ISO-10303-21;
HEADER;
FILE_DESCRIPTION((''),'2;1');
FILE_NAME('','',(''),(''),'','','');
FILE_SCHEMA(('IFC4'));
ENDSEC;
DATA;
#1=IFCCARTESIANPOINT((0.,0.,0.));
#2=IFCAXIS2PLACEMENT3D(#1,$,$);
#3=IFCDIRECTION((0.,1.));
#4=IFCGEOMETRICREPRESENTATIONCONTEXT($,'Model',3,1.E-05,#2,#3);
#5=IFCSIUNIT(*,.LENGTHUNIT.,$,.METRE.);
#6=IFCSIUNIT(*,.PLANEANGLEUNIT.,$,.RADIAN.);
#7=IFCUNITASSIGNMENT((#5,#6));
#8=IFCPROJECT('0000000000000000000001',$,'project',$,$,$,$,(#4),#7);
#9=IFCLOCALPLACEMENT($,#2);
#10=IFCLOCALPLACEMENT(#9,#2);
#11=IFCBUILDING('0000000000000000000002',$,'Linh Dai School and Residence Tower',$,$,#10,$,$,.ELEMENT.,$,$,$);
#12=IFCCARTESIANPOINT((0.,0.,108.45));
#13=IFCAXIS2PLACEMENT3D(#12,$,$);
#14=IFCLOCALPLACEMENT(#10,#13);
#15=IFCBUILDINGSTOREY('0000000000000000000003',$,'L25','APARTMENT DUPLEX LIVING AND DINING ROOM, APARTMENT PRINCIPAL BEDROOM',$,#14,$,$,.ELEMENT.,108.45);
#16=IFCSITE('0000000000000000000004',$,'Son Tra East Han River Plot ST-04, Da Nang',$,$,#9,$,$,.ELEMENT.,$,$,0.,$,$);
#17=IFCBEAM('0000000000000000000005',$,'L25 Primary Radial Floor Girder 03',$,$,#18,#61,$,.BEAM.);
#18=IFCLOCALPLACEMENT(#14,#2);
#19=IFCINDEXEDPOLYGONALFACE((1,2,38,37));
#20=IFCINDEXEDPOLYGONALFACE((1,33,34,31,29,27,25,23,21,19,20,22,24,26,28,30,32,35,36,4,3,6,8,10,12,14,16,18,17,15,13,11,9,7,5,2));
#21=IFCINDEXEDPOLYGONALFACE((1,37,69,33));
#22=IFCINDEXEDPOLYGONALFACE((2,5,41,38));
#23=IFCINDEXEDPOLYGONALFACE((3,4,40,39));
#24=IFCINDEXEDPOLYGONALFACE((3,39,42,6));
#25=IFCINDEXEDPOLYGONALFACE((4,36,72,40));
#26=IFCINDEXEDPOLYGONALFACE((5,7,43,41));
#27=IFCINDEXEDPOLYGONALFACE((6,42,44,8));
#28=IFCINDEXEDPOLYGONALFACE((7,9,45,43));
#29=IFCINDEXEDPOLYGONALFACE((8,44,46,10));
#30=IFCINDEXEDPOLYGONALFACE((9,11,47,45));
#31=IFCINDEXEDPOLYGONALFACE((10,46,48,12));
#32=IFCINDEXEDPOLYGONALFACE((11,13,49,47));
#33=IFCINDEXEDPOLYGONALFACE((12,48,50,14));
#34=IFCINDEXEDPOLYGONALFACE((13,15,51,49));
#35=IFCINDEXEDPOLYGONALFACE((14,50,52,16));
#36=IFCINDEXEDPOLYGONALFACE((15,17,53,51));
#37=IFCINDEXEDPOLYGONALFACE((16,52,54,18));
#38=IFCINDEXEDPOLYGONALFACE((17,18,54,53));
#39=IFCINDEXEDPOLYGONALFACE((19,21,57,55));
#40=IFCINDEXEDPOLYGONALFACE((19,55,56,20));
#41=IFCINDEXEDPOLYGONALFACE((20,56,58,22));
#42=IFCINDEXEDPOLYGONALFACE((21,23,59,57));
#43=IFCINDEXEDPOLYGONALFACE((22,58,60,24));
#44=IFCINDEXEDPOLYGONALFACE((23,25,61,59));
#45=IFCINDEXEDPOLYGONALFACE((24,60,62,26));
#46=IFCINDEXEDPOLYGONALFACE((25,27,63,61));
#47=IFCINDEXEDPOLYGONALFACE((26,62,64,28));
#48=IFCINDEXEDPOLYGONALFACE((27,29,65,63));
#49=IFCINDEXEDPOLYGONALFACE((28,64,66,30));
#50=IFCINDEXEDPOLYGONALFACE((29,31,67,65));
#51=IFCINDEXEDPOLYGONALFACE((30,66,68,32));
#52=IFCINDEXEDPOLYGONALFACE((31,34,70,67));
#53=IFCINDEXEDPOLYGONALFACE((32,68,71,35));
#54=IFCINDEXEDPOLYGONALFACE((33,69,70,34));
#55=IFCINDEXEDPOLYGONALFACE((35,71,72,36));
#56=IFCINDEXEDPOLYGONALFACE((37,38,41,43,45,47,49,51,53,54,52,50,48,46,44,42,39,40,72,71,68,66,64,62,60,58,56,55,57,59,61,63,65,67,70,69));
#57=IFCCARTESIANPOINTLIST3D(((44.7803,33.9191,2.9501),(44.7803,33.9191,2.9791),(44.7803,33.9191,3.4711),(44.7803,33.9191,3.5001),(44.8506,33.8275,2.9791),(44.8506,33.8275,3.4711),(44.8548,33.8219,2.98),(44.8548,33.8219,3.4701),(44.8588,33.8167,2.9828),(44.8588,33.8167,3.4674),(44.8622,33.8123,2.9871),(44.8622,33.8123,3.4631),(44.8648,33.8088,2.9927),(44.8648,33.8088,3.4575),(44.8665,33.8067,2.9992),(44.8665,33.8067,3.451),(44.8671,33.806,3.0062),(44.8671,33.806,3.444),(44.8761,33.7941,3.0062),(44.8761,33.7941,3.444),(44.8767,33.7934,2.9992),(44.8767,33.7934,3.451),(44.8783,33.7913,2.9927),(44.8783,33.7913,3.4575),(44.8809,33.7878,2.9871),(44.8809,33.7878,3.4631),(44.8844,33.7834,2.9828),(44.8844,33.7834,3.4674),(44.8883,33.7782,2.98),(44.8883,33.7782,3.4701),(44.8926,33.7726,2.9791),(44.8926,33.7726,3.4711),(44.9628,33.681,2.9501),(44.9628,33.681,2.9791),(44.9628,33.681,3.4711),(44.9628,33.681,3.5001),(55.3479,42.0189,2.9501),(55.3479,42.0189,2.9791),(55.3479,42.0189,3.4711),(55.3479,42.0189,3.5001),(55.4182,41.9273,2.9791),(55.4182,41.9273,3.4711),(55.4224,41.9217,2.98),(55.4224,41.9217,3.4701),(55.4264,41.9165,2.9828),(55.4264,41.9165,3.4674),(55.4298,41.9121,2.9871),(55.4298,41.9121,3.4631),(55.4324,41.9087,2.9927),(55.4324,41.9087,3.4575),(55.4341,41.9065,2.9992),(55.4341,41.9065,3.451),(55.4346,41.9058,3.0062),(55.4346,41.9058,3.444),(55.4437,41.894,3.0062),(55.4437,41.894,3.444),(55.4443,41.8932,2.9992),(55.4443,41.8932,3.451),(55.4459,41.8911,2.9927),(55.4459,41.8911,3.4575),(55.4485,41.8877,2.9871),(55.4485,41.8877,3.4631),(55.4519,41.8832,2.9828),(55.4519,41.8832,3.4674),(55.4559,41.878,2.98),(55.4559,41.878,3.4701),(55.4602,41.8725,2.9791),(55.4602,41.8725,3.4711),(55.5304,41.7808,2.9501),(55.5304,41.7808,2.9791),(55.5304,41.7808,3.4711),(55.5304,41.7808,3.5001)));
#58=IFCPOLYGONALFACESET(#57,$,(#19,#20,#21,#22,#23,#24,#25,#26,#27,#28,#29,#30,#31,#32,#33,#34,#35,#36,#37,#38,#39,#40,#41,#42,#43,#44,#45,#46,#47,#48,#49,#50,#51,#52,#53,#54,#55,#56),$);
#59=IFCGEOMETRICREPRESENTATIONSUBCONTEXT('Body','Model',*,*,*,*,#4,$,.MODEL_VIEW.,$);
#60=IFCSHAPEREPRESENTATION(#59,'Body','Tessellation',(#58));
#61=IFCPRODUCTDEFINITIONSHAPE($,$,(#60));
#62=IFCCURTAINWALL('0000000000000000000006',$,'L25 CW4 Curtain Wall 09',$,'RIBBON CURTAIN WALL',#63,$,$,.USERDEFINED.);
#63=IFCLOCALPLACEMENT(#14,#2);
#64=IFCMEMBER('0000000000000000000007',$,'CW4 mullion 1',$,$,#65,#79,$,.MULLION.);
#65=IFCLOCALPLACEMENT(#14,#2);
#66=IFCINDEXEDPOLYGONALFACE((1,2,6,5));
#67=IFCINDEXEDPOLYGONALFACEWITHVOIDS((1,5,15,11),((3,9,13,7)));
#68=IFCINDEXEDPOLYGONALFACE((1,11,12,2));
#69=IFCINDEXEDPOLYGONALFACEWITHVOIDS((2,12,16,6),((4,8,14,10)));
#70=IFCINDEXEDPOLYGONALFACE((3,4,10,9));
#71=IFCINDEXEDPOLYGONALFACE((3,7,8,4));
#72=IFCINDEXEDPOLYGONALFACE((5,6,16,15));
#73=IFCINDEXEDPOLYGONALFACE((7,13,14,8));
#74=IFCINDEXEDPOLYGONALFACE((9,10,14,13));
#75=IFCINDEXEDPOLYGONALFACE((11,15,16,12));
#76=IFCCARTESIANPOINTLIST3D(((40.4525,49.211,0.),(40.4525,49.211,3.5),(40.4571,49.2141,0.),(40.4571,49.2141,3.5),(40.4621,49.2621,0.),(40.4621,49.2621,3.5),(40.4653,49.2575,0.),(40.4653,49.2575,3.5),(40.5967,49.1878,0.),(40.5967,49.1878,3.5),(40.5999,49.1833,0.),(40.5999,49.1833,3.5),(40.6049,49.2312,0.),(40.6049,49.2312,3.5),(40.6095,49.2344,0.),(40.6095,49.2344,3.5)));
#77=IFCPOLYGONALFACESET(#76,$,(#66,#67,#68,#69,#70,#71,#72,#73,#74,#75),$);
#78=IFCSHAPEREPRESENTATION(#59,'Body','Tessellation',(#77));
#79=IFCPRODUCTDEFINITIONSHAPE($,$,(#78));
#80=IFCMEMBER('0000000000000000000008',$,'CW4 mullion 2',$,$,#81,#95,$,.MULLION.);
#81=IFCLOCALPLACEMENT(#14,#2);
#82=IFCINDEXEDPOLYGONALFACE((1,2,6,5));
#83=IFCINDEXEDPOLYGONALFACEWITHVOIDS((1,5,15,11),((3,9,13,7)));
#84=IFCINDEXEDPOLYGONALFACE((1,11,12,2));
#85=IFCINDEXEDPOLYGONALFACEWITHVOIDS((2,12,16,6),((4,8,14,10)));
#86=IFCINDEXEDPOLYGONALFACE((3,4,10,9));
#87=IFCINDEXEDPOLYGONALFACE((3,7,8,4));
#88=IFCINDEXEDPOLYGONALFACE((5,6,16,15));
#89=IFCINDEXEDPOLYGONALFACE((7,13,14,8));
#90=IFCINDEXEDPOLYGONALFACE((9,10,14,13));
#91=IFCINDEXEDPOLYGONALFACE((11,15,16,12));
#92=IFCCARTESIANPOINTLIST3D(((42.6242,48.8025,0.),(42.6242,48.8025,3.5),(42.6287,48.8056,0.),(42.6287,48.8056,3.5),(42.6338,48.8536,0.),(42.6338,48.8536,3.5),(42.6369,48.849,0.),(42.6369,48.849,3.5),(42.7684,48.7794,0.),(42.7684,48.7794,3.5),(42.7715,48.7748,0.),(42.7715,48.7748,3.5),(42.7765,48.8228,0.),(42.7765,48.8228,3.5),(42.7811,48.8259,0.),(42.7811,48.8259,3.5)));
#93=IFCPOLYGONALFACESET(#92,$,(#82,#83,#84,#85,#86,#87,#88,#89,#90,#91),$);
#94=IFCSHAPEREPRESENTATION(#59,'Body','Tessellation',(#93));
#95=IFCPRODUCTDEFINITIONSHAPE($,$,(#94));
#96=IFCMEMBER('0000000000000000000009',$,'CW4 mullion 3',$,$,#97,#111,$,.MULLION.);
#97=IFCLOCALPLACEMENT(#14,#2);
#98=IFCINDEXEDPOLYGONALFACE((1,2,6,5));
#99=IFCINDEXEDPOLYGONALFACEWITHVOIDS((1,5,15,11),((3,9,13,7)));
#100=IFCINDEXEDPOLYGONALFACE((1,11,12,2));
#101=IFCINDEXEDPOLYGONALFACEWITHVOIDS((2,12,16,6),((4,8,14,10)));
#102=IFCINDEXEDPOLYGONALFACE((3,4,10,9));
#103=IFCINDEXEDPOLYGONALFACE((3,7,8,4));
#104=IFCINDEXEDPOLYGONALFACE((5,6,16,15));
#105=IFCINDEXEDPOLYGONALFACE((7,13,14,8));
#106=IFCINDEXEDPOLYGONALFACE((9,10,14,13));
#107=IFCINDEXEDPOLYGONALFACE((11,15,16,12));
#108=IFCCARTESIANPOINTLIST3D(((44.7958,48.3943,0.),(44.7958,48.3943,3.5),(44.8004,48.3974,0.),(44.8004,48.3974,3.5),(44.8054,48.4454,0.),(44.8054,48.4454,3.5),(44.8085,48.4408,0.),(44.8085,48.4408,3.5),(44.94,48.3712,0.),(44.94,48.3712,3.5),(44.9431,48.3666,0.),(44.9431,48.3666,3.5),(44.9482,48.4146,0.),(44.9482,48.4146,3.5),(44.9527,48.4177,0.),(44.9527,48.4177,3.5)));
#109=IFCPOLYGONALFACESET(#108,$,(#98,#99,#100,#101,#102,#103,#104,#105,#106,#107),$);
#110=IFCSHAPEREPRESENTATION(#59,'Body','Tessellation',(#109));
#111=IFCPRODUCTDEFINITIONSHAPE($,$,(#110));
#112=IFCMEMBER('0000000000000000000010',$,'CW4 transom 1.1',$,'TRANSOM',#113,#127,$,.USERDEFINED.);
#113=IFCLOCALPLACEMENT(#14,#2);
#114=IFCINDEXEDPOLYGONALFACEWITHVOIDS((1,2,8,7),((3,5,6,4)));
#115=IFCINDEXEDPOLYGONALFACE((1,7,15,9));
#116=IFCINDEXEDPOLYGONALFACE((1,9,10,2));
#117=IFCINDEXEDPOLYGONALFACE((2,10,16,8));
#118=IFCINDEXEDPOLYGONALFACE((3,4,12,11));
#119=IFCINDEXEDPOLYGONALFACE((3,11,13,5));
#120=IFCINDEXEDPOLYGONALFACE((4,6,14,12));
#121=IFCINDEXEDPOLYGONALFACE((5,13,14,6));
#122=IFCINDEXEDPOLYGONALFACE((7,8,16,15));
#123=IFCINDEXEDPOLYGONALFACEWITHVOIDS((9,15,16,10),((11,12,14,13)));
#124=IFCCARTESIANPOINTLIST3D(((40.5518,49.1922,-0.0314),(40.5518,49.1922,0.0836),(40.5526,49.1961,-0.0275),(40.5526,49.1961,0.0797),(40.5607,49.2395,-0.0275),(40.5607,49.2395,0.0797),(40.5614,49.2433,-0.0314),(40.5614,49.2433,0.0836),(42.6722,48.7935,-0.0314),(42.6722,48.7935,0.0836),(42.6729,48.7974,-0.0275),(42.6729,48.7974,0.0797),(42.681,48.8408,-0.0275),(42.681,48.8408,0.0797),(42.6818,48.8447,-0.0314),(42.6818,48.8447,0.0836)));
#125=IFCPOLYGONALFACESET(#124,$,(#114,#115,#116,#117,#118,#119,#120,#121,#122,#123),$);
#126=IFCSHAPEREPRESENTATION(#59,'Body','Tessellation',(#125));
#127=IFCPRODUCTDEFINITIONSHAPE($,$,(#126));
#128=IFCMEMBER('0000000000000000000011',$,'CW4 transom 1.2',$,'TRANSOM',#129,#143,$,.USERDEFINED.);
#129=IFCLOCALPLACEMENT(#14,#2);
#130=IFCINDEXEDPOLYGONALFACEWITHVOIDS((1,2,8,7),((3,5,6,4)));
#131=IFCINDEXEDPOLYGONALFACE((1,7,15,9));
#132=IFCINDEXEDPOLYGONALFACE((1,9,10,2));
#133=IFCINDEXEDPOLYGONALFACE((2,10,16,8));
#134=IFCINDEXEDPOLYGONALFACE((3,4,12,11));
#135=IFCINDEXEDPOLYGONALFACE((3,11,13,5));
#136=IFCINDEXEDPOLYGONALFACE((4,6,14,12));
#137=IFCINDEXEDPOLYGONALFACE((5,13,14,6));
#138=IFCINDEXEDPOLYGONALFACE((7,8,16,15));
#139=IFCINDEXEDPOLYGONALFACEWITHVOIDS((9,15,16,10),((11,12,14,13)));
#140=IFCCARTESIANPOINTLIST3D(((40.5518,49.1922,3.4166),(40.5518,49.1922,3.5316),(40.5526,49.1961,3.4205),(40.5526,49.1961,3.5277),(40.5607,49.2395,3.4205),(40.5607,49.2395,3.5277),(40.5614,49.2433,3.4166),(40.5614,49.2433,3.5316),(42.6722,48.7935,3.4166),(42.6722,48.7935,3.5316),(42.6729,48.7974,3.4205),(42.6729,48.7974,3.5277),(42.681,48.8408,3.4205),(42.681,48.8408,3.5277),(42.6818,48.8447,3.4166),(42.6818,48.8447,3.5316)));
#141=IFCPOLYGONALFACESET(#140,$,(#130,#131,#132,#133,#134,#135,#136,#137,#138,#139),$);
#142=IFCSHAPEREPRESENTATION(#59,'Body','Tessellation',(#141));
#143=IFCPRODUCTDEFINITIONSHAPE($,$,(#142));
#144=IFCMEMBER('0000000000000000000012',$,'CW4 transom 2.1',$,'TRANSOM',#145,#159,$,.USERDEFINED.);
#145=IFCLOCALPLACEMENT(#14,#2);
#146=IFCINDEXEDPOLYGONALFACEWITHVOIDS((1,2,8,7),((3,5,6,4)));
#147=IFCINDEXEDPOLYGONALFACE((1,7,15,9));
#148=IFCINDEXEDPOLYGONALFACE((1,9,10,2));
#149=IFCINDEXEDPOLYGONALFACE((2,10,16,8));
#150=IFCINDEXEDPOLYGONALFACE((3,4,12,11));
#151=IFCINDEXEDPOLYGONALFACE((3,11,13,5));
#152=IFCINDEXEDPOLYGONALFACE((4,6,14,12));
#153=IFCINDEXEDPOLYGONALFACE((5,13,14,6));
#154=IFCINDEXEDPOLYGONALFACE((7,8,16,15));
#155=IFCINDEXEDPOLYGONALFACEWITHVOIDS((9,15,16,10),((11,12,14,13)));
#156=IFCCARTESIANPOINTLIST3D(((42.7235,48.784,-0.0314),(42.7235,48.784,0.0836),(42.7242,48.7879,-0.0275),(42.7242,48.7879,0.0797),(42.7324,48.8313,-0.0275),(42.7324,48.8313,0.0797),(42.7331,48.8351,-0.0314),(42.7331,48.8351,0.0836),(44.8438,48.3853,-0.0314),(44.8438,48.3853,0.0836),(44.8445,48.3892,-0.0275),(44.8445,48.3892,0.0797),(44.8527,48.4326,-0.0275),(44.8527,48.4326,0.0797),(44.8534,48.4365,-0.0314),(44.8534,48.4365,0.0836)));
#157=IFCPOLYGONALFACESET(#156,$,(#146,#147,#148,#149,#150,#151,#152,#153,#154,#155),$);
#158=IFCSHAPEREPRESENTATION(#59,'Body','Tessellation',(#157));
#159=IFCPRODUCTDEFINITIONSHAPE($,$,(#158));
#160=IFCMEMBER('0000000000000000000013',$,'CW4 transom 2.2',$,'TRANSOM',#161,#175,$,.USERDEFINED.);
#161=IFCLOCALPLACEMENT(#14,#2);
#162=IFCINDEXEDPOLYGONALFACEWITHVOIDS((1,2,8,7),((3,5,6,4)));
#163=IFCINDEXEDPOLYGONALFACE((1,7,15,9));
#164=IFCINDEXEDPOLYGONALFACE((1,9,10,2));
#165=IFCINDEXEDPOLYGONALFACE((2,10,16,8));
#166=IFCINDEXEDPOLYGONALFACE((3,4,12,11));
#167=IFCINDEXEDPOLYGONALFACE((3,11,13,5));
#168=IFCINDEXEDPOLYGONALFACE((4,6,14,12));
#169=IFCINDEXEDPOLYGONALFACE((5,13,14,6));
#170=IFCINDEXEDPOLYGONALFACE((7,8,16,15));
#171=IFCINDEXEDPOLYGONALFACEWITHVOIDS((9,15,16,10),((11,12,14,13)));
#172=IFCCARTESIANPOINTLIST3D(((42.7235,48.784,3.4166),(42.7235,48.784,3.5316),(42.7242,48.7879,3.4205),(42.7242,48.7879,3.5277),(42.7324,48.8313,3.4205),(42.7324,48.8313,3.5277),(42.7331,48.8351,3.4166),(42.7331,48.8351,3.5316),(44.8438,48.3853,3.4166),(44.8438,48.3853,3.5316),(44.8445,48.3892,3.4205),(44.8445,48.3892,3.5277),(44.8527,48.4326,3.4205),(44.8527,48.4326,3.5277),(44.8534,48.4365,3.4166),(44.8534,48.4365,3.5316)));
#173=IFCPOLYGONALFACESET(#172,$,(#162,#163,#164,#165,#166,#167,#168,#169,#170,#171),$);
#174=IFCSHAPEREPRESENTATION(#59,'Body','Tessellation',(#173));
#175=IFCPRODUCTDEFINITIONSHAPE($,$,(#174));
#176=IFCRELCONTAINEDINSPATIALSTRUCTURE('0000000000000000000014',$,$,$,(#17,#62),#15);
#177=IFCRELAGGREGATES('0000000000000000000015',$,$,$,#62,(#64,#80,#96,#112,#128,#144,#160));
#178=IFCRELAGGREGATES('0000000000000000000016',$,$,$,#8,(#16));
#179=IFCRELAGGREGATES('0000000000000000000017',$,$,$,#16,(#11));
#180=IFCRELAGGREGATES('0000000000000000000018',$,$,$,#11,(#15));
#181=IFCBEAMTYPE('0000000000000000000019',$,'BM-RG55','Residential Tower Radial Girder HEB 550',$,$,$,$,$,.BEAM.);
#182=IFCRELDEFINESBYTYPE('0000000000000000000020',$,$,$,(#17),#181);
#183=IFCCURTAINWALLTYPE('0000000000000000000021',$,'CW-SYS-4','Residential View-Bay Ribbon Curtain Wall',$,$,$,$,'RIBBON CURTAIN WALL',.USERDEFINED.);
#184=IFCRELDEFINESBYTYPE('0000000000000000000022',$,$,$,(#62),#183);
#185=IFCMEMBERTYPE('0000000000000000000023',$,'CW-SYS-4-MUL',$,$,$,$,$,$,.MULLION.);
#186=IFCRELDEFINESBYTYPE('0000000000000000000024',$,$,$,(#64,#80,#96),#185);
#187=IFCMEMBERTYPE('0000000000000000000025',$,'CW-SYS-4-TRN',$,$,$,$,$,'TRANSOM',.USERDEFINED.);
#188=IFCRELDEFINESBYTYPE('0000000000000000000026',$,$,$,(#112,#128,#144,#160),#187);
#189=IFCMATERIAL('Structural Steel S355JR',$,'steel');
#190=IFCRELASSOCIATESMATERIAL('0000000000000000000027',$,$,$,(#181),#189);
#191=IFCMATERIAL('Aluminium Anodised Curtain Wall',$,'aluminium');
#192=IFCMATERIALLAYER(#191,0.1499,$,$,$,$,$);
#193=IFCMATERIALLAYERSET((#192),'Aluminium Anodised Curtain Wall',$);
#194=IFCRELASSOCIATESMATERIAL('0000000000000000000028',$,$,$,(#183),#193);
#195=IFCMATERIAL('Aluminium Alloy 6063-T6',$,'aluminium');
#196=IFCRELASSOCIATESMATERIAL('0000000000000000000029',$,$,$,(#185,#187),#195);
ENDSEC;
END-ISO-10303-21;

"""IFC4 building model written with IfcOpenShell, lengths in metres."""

from ifc_helpers import new_model, si_unit, direction, frame, origin, origin_2d, place, context, subcontext, project, spatial, hollow_rectangle, i_section, extrude, source, transform, mapped, material, layer, layer_set, material_profile, profile_set, type_object, element, aggregate, save


model = new_model("IFC4")

# Units and contexts
model_context = context("Model", 3, precision=1e-05, world=origin(), true_north=direction((0.0, 1.0)))
body_context = subcontext(model_context, "Body", "Model", "MODEL_VIEW")
ifc_project = project(units=[si_unit("LENGTHUNIT", "METRE"), si_unit("PLANEANGLEUNIT", "RADIAN")], contexts=[model_context])

# Site, building, storey
site_placement = place(None, origin())
site = spatial("IfcSite", under=ifc_project, at=site_placement, Name="Son Tra East Han River Plot ST-04, Da Nang", CompositionType="ELEMENT", RefElevation=0.0)
building_placement = place(site_placement, origin())
building = spatial("IfcBuilding", under=site, at=building_placement, Name="Linh Dai School and Residence Tower", CompositionType="ELEMENT")
storey_placement = place(building_placement, frame((0.0, 0.0, 108.45)))
storey = spatial("IfcBuildingStorey", under=building, at=storey_placement, Name="L25", Description="APARTMENT DUPLEX LIVING AND DINING ROOM, APARTMENT PRINCIPAL BEDROOM", CompositionType="ELEMENT", Elevation=108.45)

# Beam
ifc_material_1 = material(Name="Structural Steel S355JR", Category="steel")
ifc_material_profile_1 = material_profile(ifc_material_1, i_section(OverallWidth=0.3, OverallDepth=0.55, WebThickness=0.0149, FlangeThickness=0.0291, FilletRadius=0.0271, at=origin_2d()), Name="HEB 550")
ifc_profile_set_1 = profile_set([ifc_material_profile_1], Name="Structural Steel S355JR")
beam_type = type_object("IfcBeamType", Name="BM-RG55", Description="Residential Tower Radial Girder HEB 550", PredefinedType="BEAM", material=ifc_profile_set_1)
beam_placement = place(storey_placement, frame((44.8716, 33.8, 3.2251), z_axis=(0.793679, 0.608337, 0.0), x_axis=(-0.608337, 0.793679, 0.0)))
element("IfcBeam", 1, at=beam_placement, inside=storey, type_object=beam_type, Name="L25 Primary Radial Floor Girder 03", PredefinedType="BEAM", context=body_context, shape_type="SweptSolid", body=[
    extrude(i_section(OverallWidth=0.3, OverallDepth=0.55, WebThickness=0.0149, FlangeThickness=0.0291, FilletRadius=0.0271, at=origin_2d()), origin(), (0.0, 0.0, 1.0), 13.3147),
])

# Curtain wall, members
ifc_material_2 = material(Name="Aluminium Anodised Curtain Wall", Category="aluminium")
ifc_layer_1 = layer(ifc_material_2, 0.1499)
ifc_layer_set_1 = layer_set([ifc_layer_1], Name="Aluminium Anodised Curtain Wall")
curtain_wall_type = type_object("IfcCurtainWallType", Name="CW-SYS-4", Description="Residential View-Bay Ribbon Curtain Wall", ElementType="RIBBON CURTAIN WALL", PredefinedType="USERDEFINED", material=ifc_layer_set_1)
curtain_wall_placement = place(storey_placement, origin())
curtain_wall = element("IfcCurtainWall", 2, at=curtain_wall_placement, inside=storey, type_object=curtain_wall_type, Name="L25 CW4 Curtain Wall 09", ObjectType="RIBBON CURTAIN WALL", PredefinedType="USERDEFINED")
ifc_material_3 = material(Name="Aluminium Alloy 6063-T6", Category="aluminium")
ifc_material_profile_2 = material_profile(ifc_material_3, hollow_rectangle(XDim=0.052, YDim=0.1499, WallThickness=0.0039, at=origin_2d()), Name="RHS 150x52x4")
ifc_profile_set_2 = profile_set([ifc_material_profile_2], Name="Aluminium Alloy 6063-T6")
member_type_1 = type_object("IfcMemberType", Name="CW-SYS-4-MUL", PredefinedType="MULLION", material=ifc_profile_set_2)
shared_shape_1 = source(origin(), body_context, "Body", "SweptSolid", [
    extrude(hollow_rectangle(XDim=0.052, YDim=0.1499, WallThickness=0.0039, at=origin_2d()), origin(), (0.0, 0.0, 1.0), 3.5),
])
member_1_placement = place(storey_placement, frame((40.531, 49.2227, 0.0), z_axis=(0.0, 0.0, 1.0), x_axis=(0.184755, 0.982785, 0.0)))
member_1 = element("IfcMember", 3, at=member_1_placement, type_object=member_type_1, Name="CW4 mullion 1", PredefinedType="MULLION", context=body_context, shape_type="MappedRepresentation", body=[
    mapped(shared_shape_1, transform((0.0, 0.0, 0.0), x_axis=(1.0, 0.0, 0.0), y_axis=(0.0, 1.0, 0.0), z_axis=(0.0, 0.0, 1.0), scale=1.0)),
])
member_2_placement = place(storey_placement, frame((42.7026, 48.8142, 0.0), z_axis=(0.0, 0.0, 1.0), x_axis=(0.184755, 0.982785, 0.0)))
member_2 = element("IfcMember", 4, at=member_2_placement, type_object=member_type_1, Name="CW4 mullion 2", PredefinedType="MULLION", context=body_context, shape_type="MappedRepresentation", body=[
    mapped(shared_shape_1, transform((0.0, 0.0, 0.0), x_axis=(1.0, 0.0, 0.0), y_axis=(0.0, 1.0, 0.0), z_axis=(0.0, 0.0, 1.0), scale=1.0)),
])
member_3_placement = place(storey_placement, frame((44.8743, 48.406, 0.0), z_axis=(0.0, 0.0, 1.0), x_axis=(0.184755, 0.982785, 0.0)))
member_3 = element("IfcMember", 5, at=member_3_placement, type_object=member_type_1, Name="CW4 mullion 3", PredefinedType="MULLION", context=body_context, shape_type="MappedRepresentation", body=[
    mapped(shared_shape_1, transform((0.0, 0.0, 0.0), x_axis=(1.0, 0.0, 0.0), y_axis=(0.0, 1.0, 0.0), z_axis=(0.0, 0.0, 1.0), scale=1.0)),
])
ifc_material_profile_3 = material_profile(ifc_material_3, hollow_rectangle(XDim=0.052, YDim=0.115, WallThickness=0.0039, at=origin_2d()), Name="RHS 115x52x4")
ifc_profile_set_3 = profile_set([ifc_material_profile_3], Name="Aluminium Alloy 6063-T6")
member_type_2 = type_object("IfcMemberType", Name="CW-SYS-4-TRN", ElementType="TRANSOM", PredefinedType="USERDEFINED", material=ifc_profile_set_3)
shared_shape_2 = source(origin(), body_context, "Body", "SweptSolid", [
    extrude(hollow_rectangle(XDim=0.052, YDim=0.115, WallThickness=0.0039, at=origin_2d()), origin(), (0.0, 0.0, 1.0), 2.1575),
])
member_4_placement = place(storey_placement, frame((40.5566, 49.2178, 0.0261), z_axis=(0.982779, -0.184787, 0.0), x_axis=(0.184787, 0.982779, 0.0)))
member_4 = element("IfcMember", 6, at=member_4_placement, type_object=member_type_2, Name="CW4 transom 1.1", ObjectType="TRANSOM", PredefinedType="USERDEFINED", context=body_context, shape_type="MappedRepresentation", body=[
    mapped(shared_shape_2, transform((0.0, 0.0, 0.0), x_axis=(1.0, 0.0, 0.0), y_axis=(0.0, 1.0, 0.0), z_axis=(0.0, 0.0, 1.0), scale=1.0)),
])
member_5_placement = place(storey_placement, frame((40.5566, 49.2178, 3.4741), z_axis=(0.982779, -0.184787, 0.0), x_axis=(0.184787, 0.982779, 0.0)))
member_5 = element("IfcMember", 7, at=member_5_placement, type_object=member_type_2, Name="CW4 transom 1.2", ObjectType="TRANSOM", PredefinedType="USERDEFINED", context=body_context, shape_type="MappedRepresentation", body=[
    mapped(shared_shape_2, transform((0.0, 0.0, 0.0), x_axis=(1.0, 0.0, 0.0), y_axis=(0.0, 1.0, 0.0), z_axis=(0.0, 0.0, 1.0), scale=1.0)),
])
member_6_placement = place(storey_placement, frame((42.7283, 48.8096, 0.0261), z_axis=(0.982779, -0.184787, 0.0), x_axis=(0.184787, 0.982779, 0.0)))
member_6 = element("IfcMember", 8, at=member_6_placement, type_object=member_type_2, Name="CW4 transom 2.1", ObjectType="TRANSOM", PredefinedType="USERDEFINED", context=body_context, shape_type="MappedRepresentation", body=[
    mapped(shared_shape_2, transform((0.0, 0.0, 0.0), x_axis=(1.0, 0.0, 0.0), y_axis=(0.0, 1.0, 0.0), z_axis=(0.0, 0.0, 1.0), scale=1.0)),
])
member_7_placement = place(storey_placement, frame((42.7283, 48.8096, 3.4741), z_axis=(0.982779, -0.184787, 0.0), x_axis=(0.184787, 0.982779, 0.0)))
member_7 = element("IfcMember", 9, at=member_7_placement, type_object=member_type_2, Name="CW4 transom 2.2", ObjectType="TRANSOM", PredefinedType="USERDEFINED", context=body_context, shape_type="MappedRepresentation", body=[
    mapped(shared_shape_2, transform((0.0, 0.0, 0.0), x_axis=(1.0, 0.0, 0.0), y_axis=(0.0, 1.0, 0.0), z_axis=(0.0, 0.0, 1.0), scale=1.0)),
])

aggregate(curtain_wall, [member_1, member_2, member_3, member_4, member_5, member_6, member_7])

save(model, "model.ifc")
